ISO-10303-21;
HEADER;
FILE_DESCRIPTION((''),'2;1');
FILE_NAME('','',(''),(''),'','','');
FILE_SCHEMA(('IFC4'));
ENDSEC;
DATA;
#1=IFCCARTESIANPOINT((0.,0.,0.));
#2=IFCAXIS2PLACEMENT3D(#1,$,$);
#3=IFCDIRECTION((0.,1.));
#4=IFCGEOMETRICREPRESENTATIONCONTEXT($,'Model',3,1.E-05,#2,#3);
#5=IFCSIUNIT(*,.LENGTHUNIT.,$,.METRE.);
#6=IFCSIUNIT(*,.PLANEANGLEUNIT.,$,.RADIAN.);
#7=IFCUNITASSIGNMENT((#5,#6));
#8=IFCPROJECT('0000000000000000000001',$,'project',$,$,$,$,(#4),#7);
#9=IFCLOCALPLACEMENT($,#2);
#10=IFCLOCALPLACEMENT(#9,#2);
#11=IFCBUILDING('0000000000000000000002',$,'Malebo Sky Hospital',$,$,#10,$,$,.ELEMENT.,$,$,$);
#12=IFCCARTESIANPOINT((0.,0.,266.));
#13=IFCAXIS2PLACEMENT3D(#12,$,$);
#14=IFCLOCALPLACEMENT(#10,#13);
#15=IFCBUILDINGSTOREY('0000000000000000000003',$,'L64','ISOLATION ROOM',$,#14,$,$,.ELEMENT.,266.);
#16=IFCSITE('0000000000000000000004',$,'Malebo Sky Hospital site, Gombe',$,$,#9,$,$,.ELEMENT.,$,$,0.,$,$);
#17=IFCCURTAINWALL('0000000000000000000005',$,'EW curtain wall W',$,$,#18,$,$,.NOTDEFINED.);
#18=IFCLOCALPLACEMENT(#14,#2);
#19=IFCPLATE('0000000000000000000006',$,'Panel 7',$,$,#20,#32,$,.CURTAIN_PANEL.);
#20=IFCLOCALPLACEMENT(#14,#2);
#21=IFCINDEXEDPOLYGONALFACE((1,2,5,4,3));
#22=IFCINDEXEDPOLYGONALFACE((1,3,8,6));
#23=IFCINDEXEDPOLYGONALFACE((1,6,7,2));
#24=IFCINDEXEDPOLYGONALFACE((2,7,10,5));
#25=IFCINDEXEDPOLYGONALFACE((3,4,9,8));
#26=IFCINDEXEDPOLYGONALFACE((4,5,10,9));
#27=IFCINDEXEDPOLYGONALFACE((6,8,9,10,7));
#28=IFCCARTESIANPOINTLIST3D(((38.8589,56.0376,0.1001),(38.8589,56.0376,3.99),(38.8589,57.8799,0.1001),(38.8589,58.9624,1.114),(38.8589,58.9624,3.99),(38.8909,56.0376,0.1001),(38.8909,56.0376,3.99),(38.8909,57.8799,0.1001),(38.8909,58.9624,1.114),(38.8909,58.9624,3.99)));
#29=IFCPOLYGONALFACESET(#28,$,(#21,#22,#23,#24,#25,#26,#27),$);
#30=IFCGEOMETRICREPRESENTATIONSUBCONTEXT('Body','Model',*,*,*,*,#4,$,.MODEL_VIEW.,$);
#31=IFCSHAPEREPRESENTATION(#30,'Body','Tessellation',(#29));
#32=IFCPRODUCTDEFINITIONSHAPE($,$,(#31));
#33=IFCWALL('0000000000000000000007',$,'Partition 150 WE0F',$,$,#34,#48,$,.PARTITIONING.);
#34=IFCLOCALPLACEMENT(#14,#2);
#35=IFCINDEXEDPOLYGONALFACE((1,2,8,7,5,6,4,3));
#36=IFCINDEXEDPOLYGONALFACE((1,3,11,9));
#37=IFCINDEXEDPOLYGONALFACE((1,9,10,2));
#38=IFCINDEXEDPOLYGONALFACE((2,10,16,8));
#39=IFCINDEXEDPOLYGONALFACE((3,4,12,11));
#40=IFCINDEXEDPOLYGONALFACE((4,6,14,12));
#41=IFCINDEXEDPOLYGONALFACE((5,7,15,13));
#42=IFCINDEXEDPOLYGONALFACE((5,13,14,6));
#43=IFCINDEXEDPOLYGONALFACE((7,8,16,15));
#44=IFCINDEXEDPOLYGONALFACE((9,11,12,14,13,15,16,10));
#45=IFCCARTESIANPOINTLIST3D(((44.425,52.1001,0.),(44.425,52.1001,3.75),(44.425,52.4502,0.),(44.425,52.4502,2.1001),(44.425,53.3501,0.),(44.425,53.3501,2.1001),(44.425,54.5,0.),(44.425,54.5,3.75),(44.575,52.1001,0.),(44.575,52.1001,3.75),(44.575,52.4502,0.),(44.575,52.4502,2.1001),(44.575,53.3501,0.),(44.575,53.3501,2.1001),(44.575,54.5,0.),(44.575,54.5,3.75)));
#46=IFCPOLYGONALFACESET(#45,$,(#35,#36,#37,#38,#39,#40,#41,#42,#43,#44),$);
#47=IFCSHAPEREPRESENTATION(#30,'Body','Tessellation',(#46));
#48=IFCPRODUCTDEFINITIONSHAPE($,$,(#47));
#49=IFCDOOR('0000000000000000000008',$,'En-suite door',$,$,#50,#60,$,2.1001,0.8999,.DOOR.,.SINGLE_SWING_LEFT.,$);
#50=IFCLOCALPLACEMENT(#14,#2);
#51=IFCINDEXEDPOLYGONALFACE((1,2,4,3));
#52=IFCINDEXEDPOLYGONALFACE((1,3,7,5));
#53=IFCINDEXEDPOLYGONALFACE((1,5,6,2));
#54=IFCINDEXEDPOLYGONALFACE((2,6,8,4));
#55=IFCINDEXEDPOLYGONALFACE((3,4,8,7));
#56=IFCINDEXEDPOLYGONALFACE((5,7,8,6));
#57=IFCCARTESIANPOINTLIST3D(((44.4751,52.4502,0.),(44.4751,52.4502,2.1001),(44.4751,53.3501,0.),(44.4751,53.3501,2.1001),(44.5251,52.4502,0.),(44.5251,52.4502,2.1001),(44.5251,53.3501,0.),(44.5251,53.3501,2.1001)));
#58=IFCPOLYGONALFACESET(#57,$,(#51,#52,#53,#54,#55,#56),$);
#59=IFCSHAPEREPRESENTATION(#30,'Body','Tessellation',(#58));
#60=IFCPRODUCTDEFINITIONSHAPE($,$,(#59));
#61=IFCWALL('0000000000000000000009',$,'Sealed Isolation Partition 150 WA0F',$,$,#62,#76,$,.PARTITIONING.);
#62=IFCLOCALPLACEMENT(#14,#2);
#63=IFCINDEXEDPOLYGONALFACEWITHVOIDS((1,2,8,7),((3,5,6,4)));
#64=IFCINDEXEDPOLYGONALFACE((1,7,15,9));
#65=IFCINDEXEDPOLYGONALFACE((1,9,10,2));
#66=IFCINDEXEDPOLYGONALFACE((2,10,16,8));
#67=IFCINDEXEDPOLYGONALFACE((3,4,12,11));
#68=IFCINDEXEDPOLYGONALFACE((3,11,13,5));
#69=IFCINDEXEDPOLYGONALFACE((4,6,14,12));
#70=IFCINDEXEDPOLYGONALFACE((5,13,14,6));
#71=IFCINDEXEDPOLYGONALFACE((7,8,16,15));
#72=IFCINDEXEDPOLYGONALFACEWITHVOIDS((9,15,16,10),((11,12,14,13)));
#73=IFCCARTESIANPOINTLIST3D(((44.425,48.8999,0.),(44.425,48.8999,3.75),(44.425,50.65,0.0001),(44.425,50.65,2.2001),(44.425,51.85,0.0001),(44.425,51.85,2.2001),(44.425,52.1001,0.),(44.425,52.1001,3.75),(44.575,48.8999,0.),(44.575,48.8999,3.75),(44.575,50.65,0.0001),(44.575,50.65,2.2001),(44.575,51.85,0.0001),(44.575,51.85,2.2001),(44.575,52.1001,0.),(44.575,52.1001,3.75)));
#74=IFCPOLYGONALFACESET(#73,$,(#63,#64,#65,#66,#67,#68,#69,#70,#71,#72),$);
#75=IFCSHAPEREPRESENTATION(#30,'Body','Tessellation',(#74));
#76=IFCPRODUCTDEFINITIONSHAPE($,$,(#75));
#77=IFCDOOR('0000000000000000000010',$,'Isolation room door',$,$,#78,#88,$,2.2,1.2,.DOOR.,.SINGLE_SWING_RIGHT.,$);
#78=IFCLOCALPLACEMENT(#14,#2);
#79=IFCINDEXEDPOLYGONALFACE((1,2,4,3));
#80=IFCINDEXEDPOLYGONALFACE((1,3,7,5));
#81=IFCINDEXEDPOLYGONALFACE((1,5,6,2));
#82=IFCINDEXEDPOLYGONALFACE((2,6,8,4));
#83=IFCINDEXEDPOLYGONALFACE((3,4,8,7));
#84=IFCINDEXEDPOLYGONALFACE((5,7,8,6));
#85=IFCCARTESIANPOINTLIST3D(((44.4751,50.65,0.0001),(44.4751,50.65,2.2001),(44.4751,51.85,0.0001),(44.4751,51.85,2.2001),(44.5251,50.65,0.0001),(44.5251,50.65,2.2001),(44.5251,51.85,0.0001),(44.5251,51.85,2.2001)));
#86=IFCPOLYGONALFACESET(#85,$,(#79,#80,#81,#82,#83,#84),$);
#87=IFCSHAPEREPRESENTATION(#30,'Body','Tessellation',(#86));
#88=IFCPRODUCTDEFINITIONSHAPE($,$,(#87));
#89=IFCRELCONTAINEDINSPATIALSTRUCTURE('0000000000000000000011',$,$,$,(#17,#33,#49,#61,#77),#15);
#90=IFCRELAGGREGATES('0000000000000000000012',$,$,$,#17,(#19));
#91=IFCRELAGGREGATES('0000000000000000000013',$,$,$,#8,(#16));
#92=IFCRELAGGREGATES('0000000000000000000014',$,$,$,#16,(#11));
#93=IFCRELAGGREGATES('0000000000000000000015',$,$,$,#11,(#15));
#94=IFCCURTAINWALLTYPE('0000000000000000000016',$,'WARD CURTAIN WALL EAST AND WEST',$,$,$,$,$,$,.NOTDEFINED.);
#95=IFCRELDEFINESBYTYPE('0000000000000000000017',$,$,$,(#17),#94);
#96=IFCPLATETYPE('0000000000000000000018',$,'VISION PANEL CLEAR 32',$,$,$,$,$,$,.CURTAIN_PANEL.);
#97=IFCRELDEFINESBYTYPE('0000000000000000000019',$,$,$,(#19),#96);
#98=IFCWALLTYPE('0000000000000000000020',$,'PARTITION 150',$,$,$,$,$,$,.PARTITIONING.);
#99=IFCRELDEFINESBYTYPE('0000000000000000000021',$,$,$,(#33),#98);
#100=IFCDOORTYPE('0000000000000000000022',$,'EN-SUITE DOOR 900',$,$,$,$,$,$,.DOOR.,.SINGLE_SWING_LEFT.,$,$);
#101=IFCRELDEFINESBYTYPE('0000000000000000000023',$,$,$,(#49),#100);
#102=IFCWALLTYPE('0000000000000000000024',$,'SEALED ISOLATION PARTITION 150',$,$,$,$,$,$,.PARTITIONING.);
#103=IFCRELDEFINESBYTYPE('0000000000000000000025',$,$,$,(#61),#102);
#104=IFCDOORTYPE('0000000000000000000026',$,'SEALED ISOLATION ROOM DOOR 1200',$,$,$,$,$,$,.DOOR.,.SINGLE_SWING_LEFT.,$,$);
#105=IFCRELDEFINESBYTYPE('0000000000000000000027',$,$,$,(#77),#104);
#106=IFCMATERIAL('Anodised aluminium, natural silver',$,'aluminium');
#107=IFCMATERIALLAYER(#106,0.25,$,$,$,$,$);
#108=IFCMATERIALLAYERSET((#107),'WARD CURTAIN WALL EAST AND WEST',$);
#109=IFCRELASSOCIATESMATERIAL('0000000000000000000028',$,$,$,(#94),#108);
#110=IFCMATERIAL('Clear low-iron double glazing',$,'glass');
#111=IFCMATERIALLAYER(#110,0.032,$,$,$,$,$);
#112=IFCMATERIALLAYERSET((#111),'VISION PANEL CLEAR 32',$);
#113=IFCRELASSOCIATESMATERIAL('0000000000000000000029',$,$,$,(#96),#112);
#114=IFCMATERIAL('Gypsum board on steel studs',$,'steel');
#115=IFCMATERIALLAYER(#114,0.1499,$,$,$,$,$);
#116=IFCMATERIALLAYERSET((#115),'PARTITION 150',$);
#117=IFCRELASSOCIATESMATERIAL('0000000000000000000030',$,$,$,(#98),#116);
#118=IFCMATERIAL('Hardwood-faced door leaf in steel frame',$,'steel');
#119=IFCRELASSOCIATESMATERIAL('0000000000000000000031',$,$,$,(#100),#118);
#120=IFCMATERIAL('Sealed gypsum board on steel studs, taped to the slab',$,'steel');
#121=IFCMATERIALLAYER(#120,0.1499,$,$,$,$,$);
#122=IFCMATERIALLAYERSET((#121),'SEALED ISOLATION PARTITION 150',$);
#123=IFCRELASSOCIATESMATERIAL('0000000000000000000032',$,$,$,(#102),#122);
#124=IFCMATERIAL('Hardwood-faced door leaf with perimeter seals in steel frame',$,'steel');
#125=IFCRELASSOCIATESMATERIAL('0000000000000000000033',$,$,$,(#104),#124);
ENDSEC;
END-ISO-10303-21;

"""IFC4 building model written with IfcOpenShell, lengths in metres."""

from ifc_helpers import new_model, si_unit, direction, frame, frame_2d, origin, place, context, subcontext, project, spatial, polyline, rectangle, outline, extrude, material, layer, layer_set, type_object, element, fill, aggregate, save


model = new_model("IFC4")

# Units and contexts
model_context = context("Model", 3, precision=1e-05, world=origin(), true_north=direction((0.0, 1.0)))
body_context = subcontext(model_context, "Body", "Model", "MODEL_VIEW")
ifc_project = project(units=[si_unit("LENGTHUNIT", "METRE"), si_unit("PLANEANGLEUNIT", "RADIAN")], contexts=[model_context])

# Site, building, storey
site_placement = place(None, origin())
site = spatial("IfcSite", under=ifc_project, at=site_placement, Name="Malebo Sky Hospital site, Gombe", CompositionType="ELEMENT", RefElevation=0.0)
building_placement = place(site_placement, origin())
building = spatial("IfcBuilding", under=site, at=building_placement, Name="Malebo Sky Hospital", CompositionType="ELEMENT")
storey_placement = place(building_placement, frame((0.0, 0.0, 266.0)))
storey = spatial("IfcBuildingStorey", under=building, at=storey_placement, Name="L64", Description="ISOLATION ROOM", CompositionType="ELEMENT", Elevation=266.0)

# Curtain wall
ifc_material_1 = material(Name="Anodised aluminium, natural silver", Category="aluminium")
ifc_layer_1 = layer(ifc_material_1, 0.25)
ifc_layer_set_1 = layer_set([ifc_layer_1], Name="WARD CURTAIN WALL EAST AND WEST")
curtain_wall_type = type_object("IfcCurtainWallType", Name="WARD CURTAIN WALL EAST AND WEST", PredefinedType="NOTDEFINED", material=ifc_layer_set_1)
curtain_wall_placement = place(storey_placement, origin())
curtain_wall = element("IfcCurtainWall", 1, at=curtain_wall_placement, inside=storey, type_object=curtain_wall_type, Name="EW curtain wall W", PredefinedType="NOTDEFINED")

# Plate
ifc_material_2 = material(Name="Clear low-iron double glazing", Category="glass")
ifc_layer_2 = layer(ifc_material_2, 0.032)
ifc_layer_set_2 = layer_set([ifc_layer_2], Name="VISION PANEL CLEAR 32")
plate_type = type_object("IfcPlateType", Name="VISION PANEL CLEAR 32", PredefinedType="CURTAIN_PANEL", material=ifc_layer_set_2)
plate_1_placement = place(storey_placement, frame((38.875, 57.5, 0.1001), z_axis=(0.0, 0.0, 1.0), x_axis=(0.0, 1.0, 0.0)))
plate_1 = element("IfcPlate", 2, at=plate_1_placement, type_object=plate_type, Name="Panel 7", PredefinedType="CURTAIN_PANEL", context=body_context, shape_type="SweptSolid", body=[
    extrude(outline(polyline([(-1.4624, 0.0), (0.3799, 0.0), (1.4624, 1.0139), (1.4624, 3.8899), (-1.4624, 3.8899), (-1.4624, 0.0)])), frame((0.0, 0.0161, 0.0), z_axis=(0.0, -1.0, 0.0), x_axis=(1.0, 0.0, 0.0)), (0.0, 0.0, 1.0), 0.032),
])
aggregate(curtain_wall, [plate_1])

# Walls, openings, doors
ifc_material_3 = material(Name="Gypsum board on steel studs", Category="steel")
ifc_layer_3 = layer(ifc_material_3, 0.1499)
ifc_layer_set_3 = layer_set([ifc_layer_3], Name="PARTITION 150")
wall_type_1 = type_object("IfcWallType", Name="PARTITION 150", PredefinedType="PARTITIONING", material=ifc_layer_set_3)
wall_1_placement = place(storey_placement, frame((44.5, 52.1001, 0.0), z_axis=(0.0, 0.0, 1.0), x_axis=(0.0, 1.0, 0.0)))
wall_1 = element("IfcWall", 3, at=wall_1_placement, inside=storey, type_object=wall_type_1, Name="Partition 150 WE0F", PredefinedType="PARTITIONING", context=body_context, shape_type="SweptSolid", body=[
    extrude(rectangle(XDim=2.3999, YDim=0.1499, at=frame_2d((1.2, 0.0))), origin(), (0.0, 0.0, 1.0), 3.75),
])
opening_1_placement = place(wall_1_placement, frame((0.3501, 0.0, 0.0)))
opening_1 = element("IfcOpeningElement", 4, at=opening_1_placement, cuts=wall_1, PredefinedType="OPENING", context=body_context, shape_type="SweptSolid", body=[
    extrude(rectangle(XDim=0.8999, YDim=2.1001, at=frame_2d((0.45, 1.05))), frame((0.0, 0.085, 0.0), z_axis=(0.0, -1.0, 0.0), x_axis=(1.0, 0.0, 0.0)), (0.0, 0.0, 1.0), 0.1699),
])
ifc_material_4 = material(Name="Hardwood-faced door leaf in steel frame", Category="steel")
door_type_1 = type_object("IfcDoorType", Name="EN-SUITE DOOR 900", OperationType="SINGLE_SWING_LEFT", PredefinedType="DOOR", material=ifc_material_4)
door_1_placement = place(opening_1_placement, origin())
door_1 = element("IfcDoor", 5, at=door_1_placement, inside=storey, type_object=door_type_1, Name="En-suite door", OperationType="SINGLE_SWING_LEFT", OverallHeight=2.1001, OverallWidth=0.8999, PredefinedType="DOOR", context=body_context, shape_type="SweptSolid", body=[
    extrude(rectangle(XDim=0.8999, YDim=2.1001, at=frame_2d((0.45, 1.05))), frame((0.0, 0.0249, 0.0), z_axis=(0.0, -1.0, 0.0), x_axis=(1.0, 0.0, 0.0)), (0.0, 0.0, 1.0), 0.05),
])
fill(opening_1, door_1)
ifc_material_5 = material(Name="Sealed gypsum board on steel studs, taped to the slab", Category="steel")
ifc_layer_4 = layer(ifc_material_5, 0.1499)
ifc_layer_set_4 = layer_set([ifc_layer_4], Name="SEALED ISOLATION PARTITION 150")
wall_type_2 = type_object("IfcWallType", Name="SEALED ISOLATION PARTITION 150", PredefinedType="PARTITIONING", material=ifc_layer_set_4)
wall_2_placement = place(storey_placement, frame((44.5, 48.8999, 0.0), z_axis=(0.0, 0.0, 1.0), x_axis=(0.0, 1.0, 0.0)))
wall_2 = element("IfcWall", 6, at=wall_2_placement, inside=storey, type_object=wall_type_2, Name="Sealed Isolation Partition 150 WA0F", PredefinedType="PARTITIONING", context=body_context, shape_type="SweptSolid", body=[
    extrude(rectangle(XDim=3.2002, YDim=0.1499, at=frame_2d((1.6001, 0.0))), origin(), (0.0, 0.0, 1.0), 3.75),
])
opening_2_placement = place(wall_2_placement, frame((1.75, 0.0, 0.0)))
opening_2 = element("IfcOpeningElement", 7, at=opening_2_placement, cuts=wall_2, PredefinedType="OPENING", context=body_context, shape_type="SweptSolid", body=[
    extrude(rectangle(XDim=1.2, YDim=2.2, at=frame_2d((0.6001, 1.1001))), frame((0.0, 0.085, 0.0), z_axis=(0.0, -1.0, 0.0), x_axis=(1.0, 0.0, 0.0)), (0.0, 0.0, 1.0), 0.1699),
])
ifc_material_6 = material(Name="Hardwood-faced door leaf with perimeter seals in steel frame", Category="steel")
door_type_2 = type_object("IfcDoorType", Name="SEALED ISOLATION ROOM DOOR 1200", OperationType="SINGLE_SWING_LEFT", PredefinedType="DOOR", material=ifc_material_6)
door_2_placement = place(opening_2_placement, origin())
door_2 = element("IfcDoor", 8, at=door_2_placement, inside=storey, type_object=door_type_2, Name="Isolation room door", OperationType="SINGLE_SWING_RIGHT", OverallHeight=2.2, OverallWidth=1.2, PredefinedType="DOOR", context=body_context, shape_type="SweptSolid", body=[
    extrude(rectangle(XDim=1.2, YDim=2.2, at=frame_2d((0.6001, 1.1001))), frame((0.0, 0.0249, 0.0), z_axis=(0.0, -1.0, 0.0), x_axis=(1.0, 0.0, 0.0)), (0.0, 0.0, 1.0), 0.05),
])
fill(opening_2, door_2)

save(model, "model.ifc")
